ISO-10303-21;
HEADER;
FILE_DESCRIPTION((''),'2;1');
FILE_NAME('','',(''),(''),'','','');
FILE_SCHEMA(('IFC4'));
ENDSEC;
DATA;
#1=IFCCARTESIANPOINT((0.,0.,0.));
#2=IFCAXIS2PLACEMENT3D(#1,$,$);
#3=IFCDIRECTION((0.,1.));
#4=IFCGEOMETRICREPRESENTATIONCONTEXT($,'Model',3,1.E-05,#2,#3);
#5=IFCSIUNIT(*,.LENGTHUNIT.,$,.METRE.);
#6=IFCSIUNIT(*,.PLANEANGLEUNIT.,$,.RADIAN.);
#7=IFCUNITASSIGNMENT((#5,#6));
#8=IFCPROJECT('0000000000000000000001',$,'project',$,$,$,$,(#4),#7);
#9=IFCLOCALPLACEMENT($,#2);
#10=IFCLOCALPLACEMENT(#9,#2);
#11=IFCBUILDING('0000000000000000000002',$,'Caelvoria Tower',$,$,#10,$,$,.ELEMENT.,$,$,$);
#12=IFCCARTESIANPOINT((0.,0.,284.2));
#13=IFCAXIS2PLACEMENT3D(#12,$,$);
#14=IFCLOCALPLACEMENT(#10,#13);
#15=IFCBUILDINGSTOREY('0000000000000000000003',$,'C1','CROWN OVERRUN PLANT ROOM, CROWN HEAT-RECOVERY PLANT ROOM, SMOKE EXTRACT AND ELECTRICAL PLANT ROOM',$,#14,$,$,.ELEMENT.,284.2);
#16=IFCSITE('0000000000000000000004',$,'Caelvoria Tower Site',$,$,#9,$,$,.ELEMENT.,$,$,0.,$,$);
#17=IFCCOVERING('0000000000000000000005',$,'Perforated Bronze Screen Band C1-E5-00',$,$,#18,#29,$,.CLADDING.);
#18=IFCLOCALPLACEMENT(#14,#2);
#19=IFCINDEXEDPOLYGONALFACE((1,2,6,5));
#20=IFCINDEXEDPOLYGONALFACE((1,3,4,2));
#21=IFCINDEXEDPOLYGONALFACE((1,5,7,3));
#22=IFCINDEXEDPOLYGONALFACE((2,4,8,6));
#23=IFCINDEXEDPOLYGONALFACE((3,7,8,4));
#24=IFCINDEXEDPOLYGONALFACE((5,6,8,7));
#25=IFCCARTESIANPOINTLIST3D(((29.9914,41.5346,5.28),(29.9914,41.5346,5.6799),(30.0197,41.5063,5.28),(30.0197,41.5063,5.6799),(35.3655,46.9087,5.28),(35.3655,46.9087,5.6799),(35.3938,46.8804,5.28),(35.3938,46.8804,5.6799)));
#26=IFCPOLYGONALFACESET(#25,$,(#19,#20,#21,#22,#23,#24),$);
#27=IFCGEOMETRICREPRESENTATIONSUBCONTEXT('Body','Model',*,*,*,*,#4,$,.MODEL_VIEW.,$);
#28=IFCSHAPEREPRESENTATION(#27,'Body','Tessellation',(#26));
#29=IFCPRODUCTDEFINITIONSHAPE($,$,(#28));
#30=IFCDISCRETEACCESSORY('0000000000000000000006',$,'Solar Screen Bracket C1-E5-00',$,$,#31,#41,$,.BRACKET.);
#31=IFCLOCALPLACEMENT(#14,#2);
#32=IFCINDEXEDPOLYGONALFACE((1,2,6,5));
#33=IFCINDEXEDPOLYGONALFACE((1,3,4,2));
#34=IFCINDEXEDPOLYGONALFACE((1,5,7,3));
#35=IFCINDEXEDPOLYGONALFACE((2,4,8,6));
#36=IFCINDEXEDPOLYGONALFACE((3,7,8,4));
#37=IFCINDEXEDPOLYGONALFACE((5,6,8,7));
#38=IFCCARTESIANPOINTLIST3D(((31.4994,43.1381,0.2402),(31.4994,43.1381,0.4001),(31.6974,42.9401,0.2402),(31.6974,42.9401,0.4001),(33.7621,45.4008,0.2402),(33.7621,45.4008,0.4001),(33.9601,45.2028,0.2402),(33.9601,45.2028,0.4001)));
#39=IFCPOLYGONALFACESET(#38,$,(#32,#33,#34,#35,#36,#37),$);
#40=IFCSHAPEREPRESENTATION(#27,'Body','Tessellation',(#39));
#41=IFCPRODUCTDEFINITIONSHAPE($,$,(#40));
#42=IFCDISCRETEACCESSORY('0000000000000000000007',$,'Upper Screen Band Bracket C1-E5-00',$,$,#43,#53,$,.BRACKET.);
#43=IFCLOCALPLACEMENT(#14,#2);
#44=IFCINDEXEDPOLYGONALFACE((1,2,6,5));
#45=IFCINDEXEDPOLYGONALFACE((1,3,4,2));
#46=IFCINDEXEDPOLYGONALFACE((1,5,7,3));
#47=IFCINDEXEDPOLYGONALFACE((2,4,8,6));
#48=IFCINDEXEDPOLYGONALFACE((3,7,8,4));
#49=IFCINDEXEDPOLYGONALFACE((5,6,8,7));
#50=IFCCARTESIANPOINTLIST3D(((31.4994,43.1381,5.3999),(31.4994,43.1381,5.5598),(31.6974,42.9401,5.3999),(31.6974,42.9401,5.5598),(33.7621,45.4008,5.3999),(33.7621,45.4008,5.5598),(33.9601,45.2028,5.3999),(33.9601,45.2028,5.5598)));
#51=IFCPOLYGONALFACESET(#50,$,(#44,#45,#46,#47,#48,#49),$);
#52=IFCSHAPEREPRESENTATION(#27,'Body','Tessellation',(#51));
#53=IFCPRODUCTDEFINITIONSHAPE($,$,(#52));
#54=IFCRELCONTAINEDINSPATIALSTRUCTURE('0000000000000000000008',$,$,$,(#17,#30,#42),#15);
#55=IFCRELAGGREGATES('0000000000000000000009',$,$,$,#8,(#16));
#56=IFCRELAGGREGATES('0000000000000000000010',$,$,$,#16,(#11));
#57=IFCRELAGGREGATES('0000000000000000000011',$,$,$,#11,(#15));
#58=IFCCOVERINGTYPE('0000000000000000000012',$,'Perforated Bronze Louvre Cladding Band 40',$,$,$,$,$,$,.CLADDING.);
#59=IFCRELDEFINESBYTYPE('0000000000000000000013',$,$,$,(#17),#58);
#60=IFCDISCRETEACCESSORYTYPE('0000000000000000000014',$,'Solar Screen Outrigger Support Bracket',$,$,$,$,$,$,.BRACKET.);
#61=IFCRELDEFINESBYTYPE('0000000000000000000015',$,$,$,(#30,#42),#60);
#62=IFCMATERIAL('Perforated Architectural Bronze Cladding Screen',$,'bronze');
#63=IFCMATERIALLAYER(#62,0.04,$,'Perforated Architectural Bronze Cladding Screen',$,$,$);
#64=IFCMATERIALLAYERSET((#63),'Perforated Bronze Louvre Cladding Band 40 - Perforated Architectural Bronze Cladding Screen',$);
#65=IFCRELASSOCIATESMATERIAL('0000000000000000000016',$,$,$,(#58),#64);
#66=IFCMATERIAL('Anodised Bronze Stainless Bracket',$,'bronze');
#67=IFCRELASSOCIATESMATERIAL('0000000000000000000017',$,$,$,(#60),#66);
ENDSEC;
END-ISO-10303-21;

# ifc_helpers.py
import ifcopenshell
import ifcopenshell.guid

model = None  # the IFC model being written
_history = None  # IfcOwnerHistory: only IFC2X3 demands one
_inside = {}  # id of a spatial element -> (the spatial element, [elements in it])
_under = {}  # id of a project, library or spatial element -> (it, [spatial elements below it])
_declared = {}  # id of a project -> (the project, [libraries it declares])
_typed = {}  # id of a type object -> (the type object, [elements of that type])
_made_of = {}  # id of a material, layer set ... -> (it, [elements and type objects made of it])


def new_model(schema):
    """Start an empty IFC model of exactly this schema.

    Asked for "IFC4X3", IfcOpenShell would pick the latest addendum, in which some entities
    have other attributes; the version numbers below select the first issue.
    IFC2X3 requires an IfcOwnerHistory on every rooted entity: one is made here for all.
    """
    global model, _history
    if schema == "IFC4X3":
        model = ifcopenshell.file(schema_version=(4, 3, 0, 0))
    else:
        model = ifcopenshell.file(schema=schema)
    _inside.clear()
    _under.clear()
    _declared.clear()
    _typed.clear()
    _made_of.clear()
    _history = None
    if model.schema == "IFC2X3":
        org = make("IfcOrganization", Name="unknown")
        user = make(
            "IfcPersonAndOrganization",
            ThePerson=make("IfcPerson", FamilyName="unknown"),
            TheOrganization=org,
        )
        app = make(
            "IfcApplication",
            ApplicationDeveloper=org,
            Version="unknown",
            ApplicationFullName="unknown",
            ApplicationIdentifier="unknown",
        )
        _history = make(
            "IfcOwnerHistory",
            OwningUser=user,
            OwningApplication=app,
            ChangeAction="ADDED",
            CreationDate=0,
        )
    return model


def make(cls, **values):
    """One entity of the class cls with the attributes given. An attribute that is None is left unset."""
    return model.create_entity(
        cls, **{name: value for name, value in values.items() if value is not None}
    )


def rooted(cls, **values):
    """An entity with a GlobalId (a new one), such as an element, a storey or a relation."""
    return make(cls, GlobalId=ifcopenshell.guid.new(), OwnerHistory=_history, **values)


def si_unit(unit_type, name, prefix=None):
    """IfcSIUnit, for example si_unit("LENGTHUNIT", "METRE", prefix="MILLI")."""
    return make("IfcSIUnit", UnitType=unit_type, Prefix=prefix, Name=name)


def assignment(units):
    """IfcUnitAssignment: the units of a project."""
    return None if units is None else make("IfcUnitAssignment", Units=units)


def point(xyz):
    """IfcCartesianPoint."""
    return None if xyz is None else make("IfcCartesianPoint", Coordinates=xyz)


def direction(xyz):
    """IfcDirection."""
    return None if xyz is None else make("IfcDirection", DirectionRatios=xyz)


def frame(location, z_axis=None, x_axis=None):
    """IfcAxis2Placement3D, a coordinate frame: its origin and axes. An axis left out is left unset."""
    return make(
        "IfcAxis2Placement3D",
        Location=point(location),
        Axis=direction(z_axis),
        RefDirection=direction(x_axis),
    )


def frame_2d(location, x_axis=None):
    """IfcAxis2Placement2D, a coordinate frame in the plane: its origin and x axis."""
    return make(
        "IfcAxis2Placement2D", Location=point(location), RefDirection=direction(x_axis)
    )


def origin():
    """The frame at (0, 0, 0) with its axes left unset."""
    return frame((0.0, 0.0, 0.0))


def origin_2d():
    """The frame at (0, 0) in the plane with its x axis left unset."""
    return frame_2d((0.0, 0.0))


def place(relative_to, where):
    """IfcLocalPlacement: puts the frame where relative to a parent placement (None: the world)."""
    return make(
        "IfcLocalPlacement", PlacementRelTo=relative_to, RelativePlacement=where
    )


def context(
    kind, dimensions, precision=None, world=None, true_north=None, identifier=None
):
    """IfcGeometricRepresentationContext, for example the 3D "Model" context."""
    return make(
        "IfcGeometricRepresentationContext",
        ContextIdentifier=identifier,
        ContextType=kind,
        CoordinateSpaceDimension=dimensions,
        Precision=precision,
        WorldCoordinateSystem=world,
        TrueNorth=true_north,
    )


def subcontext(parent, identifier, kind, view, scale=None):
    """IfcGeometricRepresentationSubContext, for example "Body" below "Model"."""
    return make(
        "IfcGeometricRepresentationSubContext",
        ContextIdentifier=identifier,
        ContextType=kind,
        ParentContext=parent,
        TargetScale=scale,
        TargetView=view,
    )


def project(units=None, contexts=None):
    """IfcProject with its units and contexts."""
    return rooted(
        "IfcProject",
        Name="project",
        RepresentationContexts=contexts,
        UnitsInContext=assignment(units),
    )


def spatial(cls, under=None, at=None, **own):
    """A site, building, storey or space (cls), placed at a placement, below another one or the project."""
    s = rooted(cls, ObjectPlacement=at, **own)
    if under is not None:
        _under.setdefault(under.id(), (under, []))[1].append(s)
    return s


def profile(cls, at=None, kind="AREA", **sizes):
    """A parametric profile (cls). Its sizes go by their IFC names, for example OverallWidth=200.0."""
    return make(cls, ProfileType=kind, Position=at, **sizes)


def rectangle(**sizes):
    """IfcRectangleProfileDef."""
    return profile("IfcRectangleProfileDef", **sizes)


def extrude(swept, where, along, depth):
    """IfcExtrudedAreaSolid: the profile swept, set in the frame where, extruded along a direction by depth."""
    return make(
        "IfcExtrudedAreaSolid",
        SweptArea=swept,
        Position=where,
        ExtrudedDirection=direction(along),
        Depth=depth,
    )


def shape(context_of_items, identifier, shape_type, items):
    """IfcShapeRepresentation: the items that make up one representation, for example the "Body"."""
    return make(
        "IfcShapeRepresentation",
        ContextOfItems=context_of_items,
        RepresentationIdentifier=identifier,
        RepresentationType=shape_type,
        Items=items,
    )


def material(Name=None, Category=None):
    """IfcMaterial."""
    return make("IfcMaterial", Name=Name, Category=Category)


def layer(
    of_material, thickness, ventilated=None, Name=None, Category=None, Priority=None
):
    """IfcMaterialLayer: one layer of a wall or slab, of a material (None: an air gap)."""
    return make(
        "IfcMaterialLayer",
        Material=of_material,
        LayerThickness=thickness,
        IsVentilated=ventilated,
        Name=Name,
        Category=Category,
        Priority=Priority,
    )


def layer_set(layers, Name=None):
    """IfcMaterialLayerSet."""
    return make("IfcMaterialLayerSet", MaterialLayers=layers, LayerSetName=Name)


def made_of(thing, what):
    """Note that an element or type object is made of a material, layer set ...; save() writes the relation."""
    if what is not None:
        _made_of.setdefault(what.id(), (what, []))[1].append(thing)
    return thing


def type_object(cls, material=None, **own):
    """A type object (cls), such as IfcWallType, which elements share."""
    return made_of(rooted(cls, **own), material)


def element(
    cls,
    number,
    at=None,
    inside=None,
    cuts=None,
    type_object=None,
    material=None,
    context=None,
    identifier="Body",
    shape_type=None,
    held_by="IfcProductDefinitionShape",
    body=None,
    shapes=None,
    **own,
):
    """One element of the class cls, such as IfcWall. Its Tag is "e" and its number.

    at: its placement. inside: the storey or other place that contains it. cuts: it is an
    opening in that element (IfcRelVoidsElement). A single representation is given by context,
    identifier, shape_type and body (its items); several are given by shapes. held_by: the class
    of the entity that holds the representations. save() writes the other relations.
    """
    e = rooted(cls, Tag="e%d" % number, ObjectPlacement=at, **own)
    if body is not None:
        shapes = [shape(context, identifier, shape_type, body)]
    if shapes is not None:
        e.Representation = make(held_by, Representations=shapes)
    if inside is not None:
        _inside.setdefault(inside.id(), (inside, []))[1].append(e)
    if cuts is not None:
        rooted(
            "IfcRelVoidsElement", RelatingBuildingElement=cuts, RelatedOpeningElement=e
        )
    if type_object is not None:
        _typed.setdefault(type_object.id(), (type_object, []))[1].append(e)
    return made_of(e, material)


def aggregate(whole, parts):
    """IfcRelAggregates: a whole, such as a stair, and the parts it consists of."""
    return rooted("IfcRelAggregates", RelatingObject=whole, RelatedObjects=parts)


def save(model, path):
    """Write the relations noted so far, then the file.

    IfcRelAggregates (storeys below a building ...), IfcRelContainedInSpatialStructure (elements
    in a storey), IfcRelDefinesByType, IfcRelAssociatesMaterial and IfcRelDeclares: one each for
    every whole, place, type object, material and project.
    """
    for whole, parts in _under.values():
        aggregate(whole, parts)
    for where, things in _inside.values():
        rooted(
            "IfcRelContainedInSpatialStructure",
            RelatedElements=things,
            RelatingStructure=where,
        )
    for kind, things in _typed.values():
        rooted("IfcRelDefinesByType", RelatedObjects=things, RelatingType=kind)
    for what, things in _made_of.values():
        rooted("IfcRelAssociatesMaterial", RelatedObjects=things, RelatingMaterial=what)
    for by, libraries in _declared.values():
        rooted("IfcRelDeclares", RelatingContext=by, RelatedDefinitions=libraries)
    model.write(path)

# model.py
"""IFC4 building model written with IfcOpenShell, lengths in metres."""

from ifc_helpers import new_model, si_unit, direction, frame, origin, origin_2d, place, context, subcontext, project, spatial, rectangle, extrude, material, layer, layer_set, type_object, element, save


model = new_model("IFC4")

# Units and contexts
model_context = context("Model", 3, precision=1e-05, world=origin(), true_north=direction((0.0, 1.0)))
body_context = subcontext(model_context, "Body", "Model", "MODEL_VIEW")
ifc_project = project(units=[si_unit("LENGTHUNIT", "METRE"), si_unit("PLANEANGLEUNIT", "RADIAN")], contexts=[model_context])

# Site, building, storey
site_placement = place(None, origin())
site = spatial("IfcSite", under=ifc_project, at=site_placement, Name="Caelvoria Tower Site", CompositionType="ELEMENT", RefElevation=0.0)
building_placement = place(site_placement, origin())
building = spatial("IfcBuilding", under=site, at=building_placement, Name="Caelvoria Tower", CompositionType="ELEMENT")
storey_placement = place(building_placement, frame((0.0, 0.0, 284.2)))
storey = spatial("IfcBuildingStorey", under=building, at=storey_placement, Name="C1", Description="CROWN OVERRUN PLANT ROOM, CROWN HEAT-RECOVERY PLANT ROOM, SMOKE EXTRACT AND ELECTRICAL PLANT ROOM", CompositionType="ELEMENT", Elevation=284.2)

# Covering
ifc_material_1 = material(Name="Perforated Architectural Bronze Cladding Screen", Category="bronze")
ifc_layer_1 = layer(ifc_material_1, 0.04, Name="Perforated Architectural Bronze Cladding Screen")
ifc_layer_set_1 = layer_set([ifc_layer_1], Name="Perforated Bronze Louvre Cladding Band 40 - Perforated Architectural Bronze Cladding Screen")
covering_type = type_object("IfcCoveringType", Name="Perforated Bronze Louvre Cladding Band 40", PredefinedType="CLADDING", material=ifc_layer_set_1)
covering_placement = place(storey_placement, frame((32.6926, 44.2075, 5.28), z_axis=(0.0, 0.0, 1.0), x_axis=(-0.707107, -0.707107, 0.0)))
element("IfcCovering", 1, at=covering_placement, inside=storey, type_object=covering_type, Name="Perforated Bronze Screen Band C1-E5-00", PredefinedType="CLADDING", context=body_context, shape_type="SweptSolid", body=[
    extrude(rectangle(XDim=7.6001, YDim=0.04, at=origin_2d()), origin(), (0.0, 0.0, 1.0), 0.3999),
])

# Discrete accessories
ifc_material_2 = material(Name="Anodised Bronze Stainless Bracket", Category="bronze")
discrete_accessory_type = type_object("IfcDiscreteAccessoryType", Name="Solar Screen Outrigger Support Bracket", PredefinedType="BRACKET", material=ifc_material_2)
for number, where, z_axis, x_axis, name in (
    (2, (32.7297, 44.1704, 0.2402), (0.0, 0.0, 1.0), (-0.707107, -0.707107, 0.0), "Solar Screen Bracket C1-E5-00"),
    (3, (32.7297, 44.1704, 5.3999), (0.0, 0.0, 1.0), (-0.707107, -0.707107, 0.0), "Upper Screen Band Bracket C1-E5-00"),
):
    element("IfcDiscreteAccessory", number, at=place(storey_placement, frame(where, z_axis=z_axis, x_axis=x_axis)), inside=storey, type_object=discrete_accessory_type, Name=name, PredefinedType="BRACKET", context=body_context, shape_type="SweptSolid", body=[
        extrude(rectangle(XDim=3.2, YDim=0.28, at=origin_2d()), origin(), (0.0, 0.0, 1.0), 0.1599),
    ])

save(model, "model.ifc")
